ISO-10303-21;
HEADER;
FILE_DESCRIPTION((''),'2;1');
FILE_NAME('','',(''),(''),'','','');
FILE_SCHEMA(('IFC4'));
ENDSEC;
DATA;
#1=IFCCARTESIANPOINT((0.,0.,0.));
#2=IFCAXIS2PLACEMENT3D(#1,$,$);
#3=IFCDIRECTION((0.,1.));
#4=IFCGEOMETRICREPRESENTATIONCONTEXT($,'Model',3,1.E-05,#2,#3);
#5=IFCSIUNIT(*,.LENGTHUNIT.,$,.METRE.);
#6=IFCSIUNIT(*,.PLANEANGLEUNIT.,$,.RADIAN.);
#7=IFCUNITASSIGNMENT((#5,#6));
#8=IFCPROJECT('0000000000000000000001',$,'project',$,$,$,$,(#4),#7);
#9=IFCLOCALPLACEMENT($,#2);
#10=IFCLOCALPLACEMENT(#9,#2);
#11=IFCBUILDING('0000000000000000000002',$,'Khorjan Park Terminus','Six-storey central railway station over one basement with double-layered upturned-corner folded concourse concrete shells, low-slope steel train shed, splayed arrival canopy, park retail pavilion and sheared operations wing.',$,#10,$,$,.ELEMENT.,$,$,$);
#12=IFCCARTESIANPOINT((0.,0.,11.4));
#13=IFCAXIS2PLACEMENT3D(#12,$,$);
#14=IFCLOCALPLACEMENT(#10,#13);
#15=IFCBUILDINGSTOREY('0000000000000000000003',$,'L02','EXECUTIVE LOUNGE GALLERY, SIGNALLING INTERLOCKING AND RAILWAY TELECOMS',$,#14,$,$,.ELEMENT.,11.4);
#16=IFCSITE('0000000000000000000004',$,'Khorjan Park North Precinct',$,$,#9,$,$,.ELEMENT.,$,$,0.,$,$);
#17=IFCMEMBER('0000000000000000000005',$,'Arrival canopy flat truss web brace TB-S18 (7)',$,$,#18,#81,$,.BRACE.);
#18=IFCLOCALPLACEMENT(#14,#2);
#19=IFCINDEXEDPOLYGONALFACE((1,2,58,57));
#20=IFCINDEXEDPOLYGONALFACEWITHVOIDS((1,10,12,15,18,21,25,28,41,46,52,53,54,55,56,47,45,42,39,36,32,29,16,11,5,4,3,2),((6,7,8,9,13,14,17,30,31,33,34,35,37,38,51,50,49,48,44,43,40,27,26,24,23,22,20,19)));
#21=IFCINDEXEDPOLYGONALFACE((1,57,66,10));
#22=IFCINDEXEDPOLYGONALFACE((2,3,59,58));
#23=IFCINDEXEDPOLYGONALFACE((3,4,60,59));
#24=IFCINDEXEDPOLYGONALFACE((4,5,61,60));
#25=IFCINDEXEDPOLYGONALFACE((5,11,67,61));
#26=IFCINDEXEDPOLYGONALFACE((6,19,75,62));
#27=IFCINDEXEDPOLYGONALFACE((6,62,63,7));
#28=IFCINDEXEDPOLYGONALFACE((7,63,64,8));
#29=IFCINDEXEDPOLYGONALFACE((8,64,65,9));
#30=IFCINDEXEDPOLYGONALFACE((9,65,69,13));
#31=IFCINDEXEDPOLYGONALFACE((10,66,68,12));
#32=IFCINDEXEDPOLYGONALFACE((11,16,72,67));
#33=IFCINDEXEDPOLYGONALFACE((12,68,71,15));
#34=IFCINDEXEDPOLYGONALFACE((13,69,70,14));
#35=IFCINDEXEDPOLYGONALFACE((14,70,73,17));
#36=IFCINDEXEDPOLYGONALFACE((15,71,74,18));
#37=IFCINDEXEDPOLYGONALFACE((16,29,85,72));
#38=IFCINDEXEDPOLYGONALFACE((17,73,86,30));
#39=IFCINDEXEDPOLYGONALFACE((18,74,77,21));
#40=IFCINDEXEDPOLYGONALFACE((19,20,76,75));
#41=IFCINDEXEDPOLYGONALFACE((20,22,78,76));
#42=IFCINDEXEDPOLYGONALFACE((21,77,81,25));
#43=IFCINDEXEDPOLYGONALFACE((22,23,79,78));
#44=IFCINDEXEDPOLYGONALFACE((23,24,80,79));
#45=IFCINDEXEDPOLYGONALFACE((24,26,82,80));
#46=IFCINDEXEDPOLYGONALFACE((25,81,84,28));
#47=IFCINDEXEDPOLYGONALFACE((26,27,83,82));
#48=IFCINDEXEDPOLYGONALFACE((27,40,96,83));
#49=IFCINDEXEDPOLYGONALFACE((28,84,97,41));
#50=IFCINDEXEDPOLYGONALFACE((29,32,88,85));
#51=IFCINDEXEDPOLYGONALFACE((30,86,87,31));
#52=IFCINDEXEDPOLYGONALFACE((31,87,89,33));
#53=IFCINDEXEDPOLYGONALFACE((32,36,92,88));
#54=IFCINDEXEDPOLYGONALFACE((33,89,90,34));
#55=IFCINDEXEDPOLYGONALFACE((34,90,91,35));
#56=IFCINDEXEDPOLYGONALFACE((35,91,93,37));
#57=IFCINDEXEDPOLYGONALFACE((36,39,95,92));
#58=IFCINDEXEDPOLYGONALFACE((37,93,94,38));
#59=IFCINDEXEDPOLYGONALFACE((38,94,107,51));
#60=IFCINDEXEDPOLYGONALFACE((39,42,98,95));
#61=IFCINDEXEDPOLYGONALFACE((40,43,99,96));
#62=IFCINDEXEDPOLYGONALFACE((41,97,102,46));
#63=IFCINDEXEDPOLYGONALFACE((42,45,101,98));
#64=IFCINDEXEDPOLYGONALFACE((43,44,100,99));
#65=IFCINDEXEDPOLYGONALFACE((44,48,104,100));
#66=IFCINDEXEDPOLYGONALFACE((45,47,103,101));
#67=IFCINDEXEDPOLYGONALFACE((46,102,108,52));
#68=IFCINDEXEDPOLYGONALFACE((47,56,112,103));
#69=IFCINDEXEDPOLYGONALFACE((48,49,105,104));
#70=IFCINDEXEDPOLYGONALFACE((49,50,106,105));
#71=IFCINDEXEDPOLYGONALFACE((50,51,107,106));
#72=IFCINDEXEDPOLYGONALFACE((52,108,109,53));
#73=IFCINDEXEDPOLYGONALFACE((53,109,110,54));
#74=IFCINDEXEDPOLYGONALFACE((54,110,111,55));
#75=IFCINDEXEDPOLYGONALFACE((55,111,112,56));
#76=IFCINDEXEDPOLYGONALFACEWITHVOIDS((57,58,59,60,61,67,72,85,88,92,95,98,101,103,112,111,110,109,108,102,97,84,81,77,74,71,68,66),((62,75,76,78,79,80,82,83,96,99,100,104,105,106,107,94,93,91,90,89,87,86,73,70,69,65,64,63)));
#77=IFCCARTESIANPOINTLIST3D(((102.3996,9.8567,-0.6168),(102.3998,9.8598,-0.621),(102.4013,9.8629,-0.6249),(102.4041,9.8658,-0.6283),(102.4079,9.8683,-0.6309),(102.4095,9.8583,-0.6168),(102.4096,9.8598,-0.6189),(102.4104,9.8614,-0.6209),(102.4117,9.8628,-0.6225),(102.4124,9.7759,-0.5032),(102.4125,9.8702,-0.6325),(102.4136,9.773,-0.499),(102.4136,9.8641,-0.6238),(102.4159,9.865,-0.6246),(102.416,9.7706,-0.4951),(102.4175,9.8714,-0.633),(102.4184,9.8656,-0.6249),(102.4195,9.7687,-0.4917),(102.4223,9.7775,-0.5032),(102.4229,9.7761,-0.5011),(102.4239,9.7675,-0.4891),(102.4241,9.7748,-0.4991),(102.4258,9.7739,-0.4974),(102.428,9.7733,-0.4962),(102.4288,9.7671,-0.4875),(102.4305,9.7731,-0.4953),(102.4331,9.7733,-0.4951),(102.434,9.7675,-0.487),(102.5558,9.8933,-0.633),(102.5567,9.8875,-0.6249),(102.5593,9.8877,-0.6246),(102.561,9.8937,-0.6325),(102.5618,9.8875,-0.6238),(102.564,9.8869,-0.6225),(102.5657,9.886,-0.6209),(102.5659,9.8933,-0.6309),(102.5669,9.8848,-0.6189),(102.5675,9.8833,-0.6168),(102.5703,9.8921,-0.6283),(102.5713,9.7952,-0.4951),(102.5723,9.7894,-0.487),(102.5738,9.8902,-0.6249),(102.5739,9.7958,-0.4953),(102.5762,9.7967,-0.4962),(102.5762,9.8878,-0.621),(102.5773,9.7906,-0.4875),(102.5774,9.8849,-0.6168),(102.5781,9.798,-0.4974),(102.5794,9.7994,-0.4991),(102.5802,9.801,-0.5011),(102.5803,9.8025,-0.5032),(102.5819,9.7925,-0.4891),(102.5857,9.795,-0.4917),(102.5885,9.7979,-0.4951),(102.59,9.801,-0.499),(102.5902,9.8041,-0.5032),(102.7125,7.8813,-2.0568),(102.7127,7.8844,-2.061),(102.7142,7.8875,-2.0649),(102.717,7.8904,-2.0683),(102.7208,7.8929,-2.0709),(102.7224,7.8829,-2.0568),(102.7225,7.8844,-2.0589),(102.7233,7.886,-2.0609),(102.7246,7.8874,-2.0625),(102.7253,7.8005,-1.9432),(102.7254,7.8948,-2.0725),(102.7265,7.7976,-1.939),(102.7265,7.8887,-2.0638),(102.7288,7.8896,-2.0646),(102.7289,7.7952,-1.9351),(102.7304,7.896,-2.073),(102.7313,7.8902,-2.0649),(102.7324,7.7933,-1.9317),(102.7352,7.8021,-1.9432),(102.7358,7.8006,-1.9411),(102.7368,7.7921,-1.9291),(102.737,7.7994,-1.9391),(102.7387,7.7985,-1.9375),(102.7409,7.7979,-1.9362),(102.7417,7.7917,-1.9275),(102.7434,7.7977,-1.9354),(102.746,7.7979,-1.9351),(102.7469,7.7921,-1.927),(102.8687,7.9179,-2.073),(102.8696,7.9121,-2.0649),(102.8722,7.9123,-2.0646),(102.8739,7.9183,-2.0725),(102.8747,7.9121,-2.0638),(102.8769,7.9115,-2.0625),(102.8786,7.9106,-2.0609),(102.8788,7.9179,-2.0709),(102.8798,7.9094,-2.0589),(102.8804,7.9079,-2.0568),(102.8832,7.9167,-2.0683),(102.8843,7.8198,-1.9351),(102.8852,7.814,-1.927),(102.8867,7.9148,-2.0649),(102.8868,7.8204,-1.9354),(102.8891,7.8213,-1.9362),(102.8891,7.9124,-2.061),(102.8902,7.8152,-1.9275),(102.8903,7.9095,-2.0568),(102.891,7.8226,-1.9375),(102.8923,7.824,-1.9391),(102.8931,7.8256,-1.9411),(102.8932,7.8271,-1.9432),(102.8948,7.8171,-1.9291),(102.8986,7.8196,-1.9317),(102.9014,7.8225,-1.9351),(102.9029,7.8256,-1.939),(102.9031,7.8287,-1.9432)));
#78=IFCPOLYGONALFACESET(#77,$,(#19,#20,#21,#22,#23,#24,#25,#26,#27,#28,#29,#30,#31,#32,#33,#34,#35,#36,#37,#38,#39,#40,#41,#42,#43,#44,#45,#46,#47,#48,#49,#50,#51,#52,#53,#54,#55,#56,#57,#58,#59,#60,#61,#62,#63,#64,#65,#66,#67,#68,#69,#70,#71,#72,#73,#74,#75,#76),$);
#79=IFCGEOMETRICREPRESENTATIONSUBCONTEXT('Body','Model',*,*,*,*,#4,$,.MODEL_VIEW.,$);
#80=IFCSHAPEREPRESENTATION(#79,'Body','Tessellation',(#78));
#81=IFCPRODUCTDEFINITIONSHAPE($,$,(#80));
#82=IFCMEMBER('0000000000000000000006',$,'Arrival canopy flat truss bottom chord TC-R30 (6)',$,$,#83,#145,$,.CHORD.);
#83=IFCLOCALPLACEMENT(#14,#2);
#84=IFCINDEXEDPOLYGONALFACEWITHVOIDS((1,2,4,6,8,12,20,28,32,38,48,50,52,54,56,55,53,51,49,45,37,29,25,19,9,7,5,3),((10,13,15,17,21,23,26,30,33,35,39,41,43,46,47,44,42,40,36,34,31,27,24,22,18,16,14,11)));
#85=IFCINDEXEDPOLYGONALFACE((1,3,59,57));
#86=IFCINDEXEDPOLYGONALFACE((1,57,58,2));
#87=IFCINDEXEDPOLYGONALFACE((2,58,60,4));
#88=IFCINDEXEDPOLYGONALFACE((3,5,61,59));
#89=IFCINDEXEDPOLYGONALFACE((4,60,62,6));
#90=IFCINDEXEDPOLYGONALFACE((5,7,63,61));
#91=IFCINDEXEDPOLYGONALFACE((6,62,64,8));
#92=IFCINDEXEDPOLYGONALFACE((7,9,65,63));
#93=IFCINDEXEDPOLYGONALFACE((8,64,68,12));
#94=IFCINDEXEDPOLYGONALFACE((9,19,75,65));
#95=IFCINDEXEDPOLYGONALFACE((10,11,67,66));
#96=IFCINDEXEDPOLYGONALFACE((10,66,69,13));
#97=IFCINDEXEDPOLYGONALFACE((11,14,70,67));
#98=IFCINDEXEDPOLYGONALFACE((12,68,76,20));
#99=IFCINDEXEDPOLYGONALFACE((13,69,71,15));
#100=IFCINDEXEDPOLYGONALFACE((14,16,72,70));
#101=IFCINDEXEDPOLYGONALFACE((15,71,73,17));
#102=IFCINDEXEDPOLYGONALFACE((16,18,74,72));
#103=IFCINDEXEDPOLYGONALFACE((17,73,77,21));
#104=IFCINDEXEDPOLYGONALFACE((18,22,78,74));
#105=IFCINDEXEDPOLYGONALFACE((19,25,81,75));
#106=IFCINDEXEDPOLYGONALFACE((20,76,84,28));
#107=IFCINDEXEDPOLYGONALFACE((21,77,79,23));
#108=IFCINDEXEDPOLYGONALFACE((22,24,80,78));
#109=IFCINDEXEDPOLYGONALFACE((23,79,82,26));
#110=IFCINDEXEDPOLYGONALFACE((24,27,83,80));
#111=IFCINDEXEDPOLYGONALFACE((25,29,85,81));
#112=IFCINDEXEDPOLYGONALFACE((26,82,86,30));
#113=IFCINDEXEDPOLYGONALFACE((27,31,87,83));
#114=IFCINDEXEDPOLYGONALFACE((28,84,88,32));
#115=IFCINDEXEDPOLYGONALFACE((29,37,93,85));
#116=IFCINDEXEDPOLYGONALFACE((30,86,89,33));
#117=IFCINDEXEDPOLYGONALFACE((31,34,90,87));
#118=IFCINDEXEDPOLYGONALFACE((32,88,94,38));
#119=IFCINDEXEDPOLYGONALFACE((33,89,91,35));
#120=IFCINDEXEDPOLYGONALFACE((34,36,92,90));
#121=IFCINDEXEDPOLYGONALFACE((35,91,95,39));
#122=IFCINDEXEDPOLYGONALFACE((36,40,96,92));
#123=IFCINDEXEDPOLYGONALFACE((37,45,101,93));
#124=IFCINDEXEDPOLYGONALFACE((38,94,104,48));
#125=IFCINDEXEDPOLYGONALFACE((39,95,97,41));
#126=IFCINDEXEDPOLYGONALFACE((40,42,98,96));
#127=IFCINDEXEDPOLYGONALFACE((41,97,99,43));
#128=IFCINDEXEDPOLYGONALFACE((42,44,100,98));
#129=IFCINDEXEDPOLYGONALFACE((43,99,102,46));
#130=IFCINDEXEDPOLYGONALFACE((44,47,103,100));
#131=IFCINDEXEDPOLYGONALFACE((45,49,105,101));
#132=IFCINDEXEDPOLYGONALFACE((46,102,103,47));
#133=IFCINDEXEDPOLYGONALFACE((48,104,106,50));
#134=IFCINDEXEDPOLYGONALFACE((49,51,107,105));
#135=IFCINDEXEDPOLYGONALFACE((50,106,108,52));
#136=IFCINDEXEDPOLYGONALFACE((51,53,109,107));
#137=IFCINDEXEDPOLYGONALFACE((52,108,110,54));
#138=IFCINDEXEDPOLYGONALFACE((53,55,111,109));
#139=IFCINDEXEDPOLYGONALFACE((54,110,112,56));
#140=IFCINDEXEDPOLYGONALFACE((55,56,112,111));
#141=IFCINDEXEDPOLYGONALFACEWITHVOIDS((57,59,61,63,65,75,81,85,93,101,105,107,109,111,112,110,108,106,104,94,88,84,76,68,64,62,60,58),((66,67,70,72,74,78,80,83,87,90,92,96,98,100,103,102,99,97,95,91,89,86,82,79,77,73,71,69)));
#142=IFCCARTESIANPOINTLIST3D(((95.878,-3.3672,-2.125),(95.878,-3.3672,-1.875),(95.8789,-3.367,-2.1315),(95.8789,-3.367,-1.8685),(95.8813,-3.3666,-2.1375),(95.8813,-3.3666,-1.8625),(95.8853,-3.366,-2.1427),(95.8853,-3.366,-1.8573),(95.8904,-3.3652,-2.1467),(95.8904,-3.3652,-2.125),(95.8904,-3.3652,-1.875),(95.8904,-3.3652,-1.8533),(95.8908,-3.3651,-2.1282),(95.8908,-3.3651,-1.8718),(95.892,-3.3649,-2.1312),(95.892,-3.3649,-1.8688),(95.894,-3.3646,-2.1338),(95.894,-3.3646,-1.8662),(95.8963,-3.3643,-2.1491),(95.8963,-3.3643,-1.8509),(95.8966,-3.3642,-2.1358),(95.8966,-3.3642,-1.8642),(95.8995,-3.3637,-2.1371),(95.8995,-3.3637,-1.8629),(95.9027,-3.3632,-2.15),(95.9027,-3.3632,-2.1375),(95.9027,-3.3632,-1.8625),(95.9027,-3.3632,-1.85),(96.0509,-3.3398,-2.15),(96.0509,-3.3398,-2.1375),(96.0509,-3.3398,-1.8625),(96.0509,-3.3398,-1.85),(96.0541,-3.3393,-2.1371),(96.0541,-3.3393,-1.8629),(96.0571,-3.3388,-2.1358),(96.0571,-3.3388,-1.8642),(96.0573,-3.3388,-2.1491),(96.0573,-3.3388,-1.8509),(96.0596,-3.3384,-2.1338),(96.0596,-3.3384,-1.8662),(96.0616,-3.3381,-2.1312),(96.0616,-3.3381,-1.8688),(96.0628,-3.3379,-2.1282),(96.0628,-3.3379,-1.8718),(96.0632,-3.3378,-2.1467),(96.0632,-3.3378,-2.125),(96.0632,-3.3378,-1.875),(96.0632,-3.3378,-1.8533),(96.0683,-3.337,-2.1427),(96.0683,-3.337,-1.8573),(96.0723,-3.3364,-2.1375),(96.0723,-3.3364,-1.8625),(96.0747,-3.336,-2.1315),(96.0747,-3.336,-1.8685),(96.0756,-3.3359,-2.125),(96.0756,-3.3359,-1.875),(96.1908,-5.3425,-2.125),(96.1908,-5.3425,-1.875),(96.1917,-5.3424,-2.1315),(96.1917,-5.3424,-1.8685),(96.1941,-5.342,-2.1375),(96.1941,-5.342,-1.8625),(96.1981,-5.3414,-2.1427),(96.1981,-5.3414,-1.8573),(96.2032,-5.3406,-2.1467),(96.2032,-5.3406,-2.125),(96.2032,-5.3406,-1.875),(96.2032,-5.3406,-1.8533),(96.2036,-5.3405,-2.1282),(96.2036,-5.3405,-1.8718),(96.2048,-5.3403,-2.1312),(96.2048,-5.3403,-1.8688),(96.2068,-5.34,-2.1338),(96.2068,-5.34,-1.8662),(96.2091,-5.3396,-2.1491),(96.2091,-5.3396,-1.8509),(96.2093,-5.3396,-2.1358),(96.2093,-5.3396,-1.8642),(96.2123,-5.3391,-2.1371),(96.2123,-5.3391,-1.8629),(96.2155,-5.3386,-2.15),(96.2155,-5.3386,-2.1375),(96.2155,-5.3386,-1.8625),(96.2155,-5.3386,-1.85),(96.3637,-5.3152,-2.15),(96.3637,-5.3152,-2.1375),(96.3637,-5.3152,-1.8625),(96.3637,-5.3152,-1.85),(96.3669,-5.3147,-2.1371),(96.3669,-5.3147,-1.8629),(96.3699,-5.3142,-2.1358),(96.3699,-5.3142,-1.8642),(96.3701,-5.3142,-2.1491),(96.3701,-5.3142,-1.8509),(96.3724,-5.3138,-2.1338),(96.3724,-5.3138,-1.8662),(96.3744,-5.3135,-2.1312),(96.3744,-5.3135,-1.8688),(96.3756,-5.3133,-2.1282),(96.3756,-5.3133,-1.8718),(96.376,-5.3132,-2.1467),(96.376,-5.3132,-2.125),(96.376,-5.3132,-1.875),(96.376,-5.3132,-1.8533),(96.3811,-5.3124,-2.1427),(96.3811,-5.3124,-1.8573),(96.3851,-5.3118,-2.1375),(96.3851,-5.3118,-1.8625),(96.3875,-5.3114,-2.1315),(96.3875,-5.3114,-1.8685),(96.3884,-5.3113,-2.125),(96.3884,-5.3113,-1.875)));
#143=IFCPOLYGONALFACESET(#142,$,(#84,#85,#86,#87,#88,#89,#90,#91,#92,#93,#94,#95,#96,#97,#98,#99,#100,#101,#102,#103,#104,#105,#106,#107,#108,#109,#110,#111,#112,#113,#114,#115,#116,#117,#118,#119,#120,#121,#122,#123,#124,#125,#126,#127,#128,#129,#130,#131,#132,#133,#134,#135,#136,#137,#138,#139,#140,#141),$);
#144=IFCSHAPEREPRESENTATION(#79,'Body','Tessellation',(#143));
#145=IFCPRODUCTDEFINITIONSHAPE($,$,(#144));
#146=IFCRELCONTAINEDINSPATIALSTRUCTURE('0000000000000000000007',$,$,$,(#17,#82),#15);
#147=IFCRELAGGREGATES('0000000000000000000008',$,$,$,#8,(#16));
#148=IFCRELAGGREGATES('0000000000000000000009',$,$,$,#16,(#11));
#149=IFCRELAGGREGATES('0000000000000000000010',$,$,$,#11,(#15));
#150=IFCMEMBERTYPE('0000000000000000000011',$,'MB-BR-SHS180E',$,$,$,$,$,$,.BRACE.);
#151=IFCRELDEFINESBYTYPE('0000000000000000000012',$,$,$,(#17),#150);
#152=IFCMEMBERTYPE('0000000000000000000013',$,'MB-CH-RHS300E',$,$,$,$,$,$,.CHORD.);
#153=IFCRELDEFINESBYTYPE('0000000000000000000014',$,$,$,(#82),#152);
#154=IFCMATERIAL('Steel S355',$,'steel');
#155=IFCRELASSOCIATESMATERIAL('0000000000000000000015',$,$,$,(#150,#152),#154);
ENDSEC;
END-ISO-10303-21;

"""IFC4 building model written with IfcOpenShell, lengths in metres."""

from ifc_helpers import new_model, si_unit, direction, frame, origin, origin_2d, place, context, subcontext, project, spatial, hollow_rectangle, extrude, material, material_profile, profile_set, type_object, element, save


model = new_model("IFC4")

# Units and contexts
model_context = context("Model", 3, precision=1e-05, world=origin(), true_north=direction((0.0, 1.0)))
body_context = subcontext(model_context, "Body", "Model", "MODEL_VIEW")
ifc_project = project(units=[si_unit("LENGTHUNIT", "METRE"), si_unit("PLANEANGLEUNIT", "RADIAN")], contexts=[model_context])

# Site, building, storey
site_placement = place(None, origin())
site = spatial("IfcSite", under=ifc_project, at=site_placement, Name="Khorjan Park North Precinct", CompositionType="ELEMENT", RefElevation=0.0)
building_placement = place(site_placement, origin())
building = spatial("IfcBuilding", under=site, at=building_placement, Name="Khorjan Park Terminus", Description="Six-storey central railway station over one basement with double-layered upturned-corner folded concourse concrete shells, low-slope steel train shed, splayed arrival canopy, park retail pavilion and sheared operations wing.", CompositionType="ELEMENT")
storey_placement = place(building_placement, frame((0.0, 0.0, 11.4)))
storey = spatial("IfcBuildingStorey", under=building, at=storey_placement, Name="L02", Description="EXECUTIVE LOUNGE GALLERY, SIGNALLING INTERLOCKING AND RAILWAY TELECOMS", CompositionType="ELEMENT", Elevation=11.4)

# Members
ifc_material = material(Name="Steel S355", Category="steel")
ifc_material_profile_1 = material_profile(ifc_material, hollow_rectangle(XDim=0.18, YDim=0.18, WallThickness=0.01, InnerFilletRadius=0.01, OuterFilletRadius=0.02, at=origin_2d()), Name="SHS 180x180x10")
ifc_profile_set_1 = profile_set([ifc_material_profile_1], Name="Steel S355")
member_type_1 = type_object("IfcMemberType", Name="MB-BR-SHS180E", PredefinedType="BRACE", material=ifc_profile_set_1)
member_1_placement = place(storey_placement, frame((102.8078, 7.855, -2.0), z_axis=(-0.126963, 0.801545, 0.584299), x_axis=(-0.987686, -0.156448, 0.0)))
element("IfcMember", 1, at=member_1_placement, inside=storey, type_object=member_type_1, Name="Arrival canopy flat truss web brace TB-S18 (7)", PredefinedType="BRACE", context=body_context, shape_type="SweptSolid", body=[
    extrude(hollow_rectangle(XDim=0.18, YDim=0.18, WallThickness=0.01, InnerFilletRadius=0.01, OuterFilletRadius=0.02, at=origin_2d()), origin(), (0.0, 0.0, 1.0), 2.4645),
])
ifc_material_profile_2 = material_profile(ifc_material, hollow_rectangle(XDim=0.2, YDim=0.3, WallThickness=0.0125, InnerFilletRadius=0.0125, OuterFilletRadius=0.025, at=origin_2d()), Name="RHS 300x200x12.5")
ifc_profile_set_2 = profile_set([ifc_material_profile_2], Name="Steel S355")
member_type_2 = type_object("IfcMemberType", Name="MB-CH-RHS300E", PredefinedType="CHORD", material=ifc_profile_set_2)
member_2_placement = place(storey_placement, frame((96.2896, -5.3269, -2.0), z_axis=(-0.156399, 0.987694, 0.0), x_axis=(-0.987694, -0.156399, 0.0)))
element("IfcMember", 2, at=member_2_placement, inside=storey, type_object=member_type_2, Name="Arrival canopy flat truss bottom chord TC-R30 (6)", PredefinedType="CHORD", context=body_context, shape_type="SweptSolid", body=[
    extrude(hollow_rectangle(XDim=0.2, YDim=0.3, WallThickness=0.0125, InnerFilletRadius=0.0125, OuterFilletRadius=0.025, at=origin_2d()), origin(), (0.0, 0.0, 1.0), 2.0),
])

save(model, "model.ifc")
